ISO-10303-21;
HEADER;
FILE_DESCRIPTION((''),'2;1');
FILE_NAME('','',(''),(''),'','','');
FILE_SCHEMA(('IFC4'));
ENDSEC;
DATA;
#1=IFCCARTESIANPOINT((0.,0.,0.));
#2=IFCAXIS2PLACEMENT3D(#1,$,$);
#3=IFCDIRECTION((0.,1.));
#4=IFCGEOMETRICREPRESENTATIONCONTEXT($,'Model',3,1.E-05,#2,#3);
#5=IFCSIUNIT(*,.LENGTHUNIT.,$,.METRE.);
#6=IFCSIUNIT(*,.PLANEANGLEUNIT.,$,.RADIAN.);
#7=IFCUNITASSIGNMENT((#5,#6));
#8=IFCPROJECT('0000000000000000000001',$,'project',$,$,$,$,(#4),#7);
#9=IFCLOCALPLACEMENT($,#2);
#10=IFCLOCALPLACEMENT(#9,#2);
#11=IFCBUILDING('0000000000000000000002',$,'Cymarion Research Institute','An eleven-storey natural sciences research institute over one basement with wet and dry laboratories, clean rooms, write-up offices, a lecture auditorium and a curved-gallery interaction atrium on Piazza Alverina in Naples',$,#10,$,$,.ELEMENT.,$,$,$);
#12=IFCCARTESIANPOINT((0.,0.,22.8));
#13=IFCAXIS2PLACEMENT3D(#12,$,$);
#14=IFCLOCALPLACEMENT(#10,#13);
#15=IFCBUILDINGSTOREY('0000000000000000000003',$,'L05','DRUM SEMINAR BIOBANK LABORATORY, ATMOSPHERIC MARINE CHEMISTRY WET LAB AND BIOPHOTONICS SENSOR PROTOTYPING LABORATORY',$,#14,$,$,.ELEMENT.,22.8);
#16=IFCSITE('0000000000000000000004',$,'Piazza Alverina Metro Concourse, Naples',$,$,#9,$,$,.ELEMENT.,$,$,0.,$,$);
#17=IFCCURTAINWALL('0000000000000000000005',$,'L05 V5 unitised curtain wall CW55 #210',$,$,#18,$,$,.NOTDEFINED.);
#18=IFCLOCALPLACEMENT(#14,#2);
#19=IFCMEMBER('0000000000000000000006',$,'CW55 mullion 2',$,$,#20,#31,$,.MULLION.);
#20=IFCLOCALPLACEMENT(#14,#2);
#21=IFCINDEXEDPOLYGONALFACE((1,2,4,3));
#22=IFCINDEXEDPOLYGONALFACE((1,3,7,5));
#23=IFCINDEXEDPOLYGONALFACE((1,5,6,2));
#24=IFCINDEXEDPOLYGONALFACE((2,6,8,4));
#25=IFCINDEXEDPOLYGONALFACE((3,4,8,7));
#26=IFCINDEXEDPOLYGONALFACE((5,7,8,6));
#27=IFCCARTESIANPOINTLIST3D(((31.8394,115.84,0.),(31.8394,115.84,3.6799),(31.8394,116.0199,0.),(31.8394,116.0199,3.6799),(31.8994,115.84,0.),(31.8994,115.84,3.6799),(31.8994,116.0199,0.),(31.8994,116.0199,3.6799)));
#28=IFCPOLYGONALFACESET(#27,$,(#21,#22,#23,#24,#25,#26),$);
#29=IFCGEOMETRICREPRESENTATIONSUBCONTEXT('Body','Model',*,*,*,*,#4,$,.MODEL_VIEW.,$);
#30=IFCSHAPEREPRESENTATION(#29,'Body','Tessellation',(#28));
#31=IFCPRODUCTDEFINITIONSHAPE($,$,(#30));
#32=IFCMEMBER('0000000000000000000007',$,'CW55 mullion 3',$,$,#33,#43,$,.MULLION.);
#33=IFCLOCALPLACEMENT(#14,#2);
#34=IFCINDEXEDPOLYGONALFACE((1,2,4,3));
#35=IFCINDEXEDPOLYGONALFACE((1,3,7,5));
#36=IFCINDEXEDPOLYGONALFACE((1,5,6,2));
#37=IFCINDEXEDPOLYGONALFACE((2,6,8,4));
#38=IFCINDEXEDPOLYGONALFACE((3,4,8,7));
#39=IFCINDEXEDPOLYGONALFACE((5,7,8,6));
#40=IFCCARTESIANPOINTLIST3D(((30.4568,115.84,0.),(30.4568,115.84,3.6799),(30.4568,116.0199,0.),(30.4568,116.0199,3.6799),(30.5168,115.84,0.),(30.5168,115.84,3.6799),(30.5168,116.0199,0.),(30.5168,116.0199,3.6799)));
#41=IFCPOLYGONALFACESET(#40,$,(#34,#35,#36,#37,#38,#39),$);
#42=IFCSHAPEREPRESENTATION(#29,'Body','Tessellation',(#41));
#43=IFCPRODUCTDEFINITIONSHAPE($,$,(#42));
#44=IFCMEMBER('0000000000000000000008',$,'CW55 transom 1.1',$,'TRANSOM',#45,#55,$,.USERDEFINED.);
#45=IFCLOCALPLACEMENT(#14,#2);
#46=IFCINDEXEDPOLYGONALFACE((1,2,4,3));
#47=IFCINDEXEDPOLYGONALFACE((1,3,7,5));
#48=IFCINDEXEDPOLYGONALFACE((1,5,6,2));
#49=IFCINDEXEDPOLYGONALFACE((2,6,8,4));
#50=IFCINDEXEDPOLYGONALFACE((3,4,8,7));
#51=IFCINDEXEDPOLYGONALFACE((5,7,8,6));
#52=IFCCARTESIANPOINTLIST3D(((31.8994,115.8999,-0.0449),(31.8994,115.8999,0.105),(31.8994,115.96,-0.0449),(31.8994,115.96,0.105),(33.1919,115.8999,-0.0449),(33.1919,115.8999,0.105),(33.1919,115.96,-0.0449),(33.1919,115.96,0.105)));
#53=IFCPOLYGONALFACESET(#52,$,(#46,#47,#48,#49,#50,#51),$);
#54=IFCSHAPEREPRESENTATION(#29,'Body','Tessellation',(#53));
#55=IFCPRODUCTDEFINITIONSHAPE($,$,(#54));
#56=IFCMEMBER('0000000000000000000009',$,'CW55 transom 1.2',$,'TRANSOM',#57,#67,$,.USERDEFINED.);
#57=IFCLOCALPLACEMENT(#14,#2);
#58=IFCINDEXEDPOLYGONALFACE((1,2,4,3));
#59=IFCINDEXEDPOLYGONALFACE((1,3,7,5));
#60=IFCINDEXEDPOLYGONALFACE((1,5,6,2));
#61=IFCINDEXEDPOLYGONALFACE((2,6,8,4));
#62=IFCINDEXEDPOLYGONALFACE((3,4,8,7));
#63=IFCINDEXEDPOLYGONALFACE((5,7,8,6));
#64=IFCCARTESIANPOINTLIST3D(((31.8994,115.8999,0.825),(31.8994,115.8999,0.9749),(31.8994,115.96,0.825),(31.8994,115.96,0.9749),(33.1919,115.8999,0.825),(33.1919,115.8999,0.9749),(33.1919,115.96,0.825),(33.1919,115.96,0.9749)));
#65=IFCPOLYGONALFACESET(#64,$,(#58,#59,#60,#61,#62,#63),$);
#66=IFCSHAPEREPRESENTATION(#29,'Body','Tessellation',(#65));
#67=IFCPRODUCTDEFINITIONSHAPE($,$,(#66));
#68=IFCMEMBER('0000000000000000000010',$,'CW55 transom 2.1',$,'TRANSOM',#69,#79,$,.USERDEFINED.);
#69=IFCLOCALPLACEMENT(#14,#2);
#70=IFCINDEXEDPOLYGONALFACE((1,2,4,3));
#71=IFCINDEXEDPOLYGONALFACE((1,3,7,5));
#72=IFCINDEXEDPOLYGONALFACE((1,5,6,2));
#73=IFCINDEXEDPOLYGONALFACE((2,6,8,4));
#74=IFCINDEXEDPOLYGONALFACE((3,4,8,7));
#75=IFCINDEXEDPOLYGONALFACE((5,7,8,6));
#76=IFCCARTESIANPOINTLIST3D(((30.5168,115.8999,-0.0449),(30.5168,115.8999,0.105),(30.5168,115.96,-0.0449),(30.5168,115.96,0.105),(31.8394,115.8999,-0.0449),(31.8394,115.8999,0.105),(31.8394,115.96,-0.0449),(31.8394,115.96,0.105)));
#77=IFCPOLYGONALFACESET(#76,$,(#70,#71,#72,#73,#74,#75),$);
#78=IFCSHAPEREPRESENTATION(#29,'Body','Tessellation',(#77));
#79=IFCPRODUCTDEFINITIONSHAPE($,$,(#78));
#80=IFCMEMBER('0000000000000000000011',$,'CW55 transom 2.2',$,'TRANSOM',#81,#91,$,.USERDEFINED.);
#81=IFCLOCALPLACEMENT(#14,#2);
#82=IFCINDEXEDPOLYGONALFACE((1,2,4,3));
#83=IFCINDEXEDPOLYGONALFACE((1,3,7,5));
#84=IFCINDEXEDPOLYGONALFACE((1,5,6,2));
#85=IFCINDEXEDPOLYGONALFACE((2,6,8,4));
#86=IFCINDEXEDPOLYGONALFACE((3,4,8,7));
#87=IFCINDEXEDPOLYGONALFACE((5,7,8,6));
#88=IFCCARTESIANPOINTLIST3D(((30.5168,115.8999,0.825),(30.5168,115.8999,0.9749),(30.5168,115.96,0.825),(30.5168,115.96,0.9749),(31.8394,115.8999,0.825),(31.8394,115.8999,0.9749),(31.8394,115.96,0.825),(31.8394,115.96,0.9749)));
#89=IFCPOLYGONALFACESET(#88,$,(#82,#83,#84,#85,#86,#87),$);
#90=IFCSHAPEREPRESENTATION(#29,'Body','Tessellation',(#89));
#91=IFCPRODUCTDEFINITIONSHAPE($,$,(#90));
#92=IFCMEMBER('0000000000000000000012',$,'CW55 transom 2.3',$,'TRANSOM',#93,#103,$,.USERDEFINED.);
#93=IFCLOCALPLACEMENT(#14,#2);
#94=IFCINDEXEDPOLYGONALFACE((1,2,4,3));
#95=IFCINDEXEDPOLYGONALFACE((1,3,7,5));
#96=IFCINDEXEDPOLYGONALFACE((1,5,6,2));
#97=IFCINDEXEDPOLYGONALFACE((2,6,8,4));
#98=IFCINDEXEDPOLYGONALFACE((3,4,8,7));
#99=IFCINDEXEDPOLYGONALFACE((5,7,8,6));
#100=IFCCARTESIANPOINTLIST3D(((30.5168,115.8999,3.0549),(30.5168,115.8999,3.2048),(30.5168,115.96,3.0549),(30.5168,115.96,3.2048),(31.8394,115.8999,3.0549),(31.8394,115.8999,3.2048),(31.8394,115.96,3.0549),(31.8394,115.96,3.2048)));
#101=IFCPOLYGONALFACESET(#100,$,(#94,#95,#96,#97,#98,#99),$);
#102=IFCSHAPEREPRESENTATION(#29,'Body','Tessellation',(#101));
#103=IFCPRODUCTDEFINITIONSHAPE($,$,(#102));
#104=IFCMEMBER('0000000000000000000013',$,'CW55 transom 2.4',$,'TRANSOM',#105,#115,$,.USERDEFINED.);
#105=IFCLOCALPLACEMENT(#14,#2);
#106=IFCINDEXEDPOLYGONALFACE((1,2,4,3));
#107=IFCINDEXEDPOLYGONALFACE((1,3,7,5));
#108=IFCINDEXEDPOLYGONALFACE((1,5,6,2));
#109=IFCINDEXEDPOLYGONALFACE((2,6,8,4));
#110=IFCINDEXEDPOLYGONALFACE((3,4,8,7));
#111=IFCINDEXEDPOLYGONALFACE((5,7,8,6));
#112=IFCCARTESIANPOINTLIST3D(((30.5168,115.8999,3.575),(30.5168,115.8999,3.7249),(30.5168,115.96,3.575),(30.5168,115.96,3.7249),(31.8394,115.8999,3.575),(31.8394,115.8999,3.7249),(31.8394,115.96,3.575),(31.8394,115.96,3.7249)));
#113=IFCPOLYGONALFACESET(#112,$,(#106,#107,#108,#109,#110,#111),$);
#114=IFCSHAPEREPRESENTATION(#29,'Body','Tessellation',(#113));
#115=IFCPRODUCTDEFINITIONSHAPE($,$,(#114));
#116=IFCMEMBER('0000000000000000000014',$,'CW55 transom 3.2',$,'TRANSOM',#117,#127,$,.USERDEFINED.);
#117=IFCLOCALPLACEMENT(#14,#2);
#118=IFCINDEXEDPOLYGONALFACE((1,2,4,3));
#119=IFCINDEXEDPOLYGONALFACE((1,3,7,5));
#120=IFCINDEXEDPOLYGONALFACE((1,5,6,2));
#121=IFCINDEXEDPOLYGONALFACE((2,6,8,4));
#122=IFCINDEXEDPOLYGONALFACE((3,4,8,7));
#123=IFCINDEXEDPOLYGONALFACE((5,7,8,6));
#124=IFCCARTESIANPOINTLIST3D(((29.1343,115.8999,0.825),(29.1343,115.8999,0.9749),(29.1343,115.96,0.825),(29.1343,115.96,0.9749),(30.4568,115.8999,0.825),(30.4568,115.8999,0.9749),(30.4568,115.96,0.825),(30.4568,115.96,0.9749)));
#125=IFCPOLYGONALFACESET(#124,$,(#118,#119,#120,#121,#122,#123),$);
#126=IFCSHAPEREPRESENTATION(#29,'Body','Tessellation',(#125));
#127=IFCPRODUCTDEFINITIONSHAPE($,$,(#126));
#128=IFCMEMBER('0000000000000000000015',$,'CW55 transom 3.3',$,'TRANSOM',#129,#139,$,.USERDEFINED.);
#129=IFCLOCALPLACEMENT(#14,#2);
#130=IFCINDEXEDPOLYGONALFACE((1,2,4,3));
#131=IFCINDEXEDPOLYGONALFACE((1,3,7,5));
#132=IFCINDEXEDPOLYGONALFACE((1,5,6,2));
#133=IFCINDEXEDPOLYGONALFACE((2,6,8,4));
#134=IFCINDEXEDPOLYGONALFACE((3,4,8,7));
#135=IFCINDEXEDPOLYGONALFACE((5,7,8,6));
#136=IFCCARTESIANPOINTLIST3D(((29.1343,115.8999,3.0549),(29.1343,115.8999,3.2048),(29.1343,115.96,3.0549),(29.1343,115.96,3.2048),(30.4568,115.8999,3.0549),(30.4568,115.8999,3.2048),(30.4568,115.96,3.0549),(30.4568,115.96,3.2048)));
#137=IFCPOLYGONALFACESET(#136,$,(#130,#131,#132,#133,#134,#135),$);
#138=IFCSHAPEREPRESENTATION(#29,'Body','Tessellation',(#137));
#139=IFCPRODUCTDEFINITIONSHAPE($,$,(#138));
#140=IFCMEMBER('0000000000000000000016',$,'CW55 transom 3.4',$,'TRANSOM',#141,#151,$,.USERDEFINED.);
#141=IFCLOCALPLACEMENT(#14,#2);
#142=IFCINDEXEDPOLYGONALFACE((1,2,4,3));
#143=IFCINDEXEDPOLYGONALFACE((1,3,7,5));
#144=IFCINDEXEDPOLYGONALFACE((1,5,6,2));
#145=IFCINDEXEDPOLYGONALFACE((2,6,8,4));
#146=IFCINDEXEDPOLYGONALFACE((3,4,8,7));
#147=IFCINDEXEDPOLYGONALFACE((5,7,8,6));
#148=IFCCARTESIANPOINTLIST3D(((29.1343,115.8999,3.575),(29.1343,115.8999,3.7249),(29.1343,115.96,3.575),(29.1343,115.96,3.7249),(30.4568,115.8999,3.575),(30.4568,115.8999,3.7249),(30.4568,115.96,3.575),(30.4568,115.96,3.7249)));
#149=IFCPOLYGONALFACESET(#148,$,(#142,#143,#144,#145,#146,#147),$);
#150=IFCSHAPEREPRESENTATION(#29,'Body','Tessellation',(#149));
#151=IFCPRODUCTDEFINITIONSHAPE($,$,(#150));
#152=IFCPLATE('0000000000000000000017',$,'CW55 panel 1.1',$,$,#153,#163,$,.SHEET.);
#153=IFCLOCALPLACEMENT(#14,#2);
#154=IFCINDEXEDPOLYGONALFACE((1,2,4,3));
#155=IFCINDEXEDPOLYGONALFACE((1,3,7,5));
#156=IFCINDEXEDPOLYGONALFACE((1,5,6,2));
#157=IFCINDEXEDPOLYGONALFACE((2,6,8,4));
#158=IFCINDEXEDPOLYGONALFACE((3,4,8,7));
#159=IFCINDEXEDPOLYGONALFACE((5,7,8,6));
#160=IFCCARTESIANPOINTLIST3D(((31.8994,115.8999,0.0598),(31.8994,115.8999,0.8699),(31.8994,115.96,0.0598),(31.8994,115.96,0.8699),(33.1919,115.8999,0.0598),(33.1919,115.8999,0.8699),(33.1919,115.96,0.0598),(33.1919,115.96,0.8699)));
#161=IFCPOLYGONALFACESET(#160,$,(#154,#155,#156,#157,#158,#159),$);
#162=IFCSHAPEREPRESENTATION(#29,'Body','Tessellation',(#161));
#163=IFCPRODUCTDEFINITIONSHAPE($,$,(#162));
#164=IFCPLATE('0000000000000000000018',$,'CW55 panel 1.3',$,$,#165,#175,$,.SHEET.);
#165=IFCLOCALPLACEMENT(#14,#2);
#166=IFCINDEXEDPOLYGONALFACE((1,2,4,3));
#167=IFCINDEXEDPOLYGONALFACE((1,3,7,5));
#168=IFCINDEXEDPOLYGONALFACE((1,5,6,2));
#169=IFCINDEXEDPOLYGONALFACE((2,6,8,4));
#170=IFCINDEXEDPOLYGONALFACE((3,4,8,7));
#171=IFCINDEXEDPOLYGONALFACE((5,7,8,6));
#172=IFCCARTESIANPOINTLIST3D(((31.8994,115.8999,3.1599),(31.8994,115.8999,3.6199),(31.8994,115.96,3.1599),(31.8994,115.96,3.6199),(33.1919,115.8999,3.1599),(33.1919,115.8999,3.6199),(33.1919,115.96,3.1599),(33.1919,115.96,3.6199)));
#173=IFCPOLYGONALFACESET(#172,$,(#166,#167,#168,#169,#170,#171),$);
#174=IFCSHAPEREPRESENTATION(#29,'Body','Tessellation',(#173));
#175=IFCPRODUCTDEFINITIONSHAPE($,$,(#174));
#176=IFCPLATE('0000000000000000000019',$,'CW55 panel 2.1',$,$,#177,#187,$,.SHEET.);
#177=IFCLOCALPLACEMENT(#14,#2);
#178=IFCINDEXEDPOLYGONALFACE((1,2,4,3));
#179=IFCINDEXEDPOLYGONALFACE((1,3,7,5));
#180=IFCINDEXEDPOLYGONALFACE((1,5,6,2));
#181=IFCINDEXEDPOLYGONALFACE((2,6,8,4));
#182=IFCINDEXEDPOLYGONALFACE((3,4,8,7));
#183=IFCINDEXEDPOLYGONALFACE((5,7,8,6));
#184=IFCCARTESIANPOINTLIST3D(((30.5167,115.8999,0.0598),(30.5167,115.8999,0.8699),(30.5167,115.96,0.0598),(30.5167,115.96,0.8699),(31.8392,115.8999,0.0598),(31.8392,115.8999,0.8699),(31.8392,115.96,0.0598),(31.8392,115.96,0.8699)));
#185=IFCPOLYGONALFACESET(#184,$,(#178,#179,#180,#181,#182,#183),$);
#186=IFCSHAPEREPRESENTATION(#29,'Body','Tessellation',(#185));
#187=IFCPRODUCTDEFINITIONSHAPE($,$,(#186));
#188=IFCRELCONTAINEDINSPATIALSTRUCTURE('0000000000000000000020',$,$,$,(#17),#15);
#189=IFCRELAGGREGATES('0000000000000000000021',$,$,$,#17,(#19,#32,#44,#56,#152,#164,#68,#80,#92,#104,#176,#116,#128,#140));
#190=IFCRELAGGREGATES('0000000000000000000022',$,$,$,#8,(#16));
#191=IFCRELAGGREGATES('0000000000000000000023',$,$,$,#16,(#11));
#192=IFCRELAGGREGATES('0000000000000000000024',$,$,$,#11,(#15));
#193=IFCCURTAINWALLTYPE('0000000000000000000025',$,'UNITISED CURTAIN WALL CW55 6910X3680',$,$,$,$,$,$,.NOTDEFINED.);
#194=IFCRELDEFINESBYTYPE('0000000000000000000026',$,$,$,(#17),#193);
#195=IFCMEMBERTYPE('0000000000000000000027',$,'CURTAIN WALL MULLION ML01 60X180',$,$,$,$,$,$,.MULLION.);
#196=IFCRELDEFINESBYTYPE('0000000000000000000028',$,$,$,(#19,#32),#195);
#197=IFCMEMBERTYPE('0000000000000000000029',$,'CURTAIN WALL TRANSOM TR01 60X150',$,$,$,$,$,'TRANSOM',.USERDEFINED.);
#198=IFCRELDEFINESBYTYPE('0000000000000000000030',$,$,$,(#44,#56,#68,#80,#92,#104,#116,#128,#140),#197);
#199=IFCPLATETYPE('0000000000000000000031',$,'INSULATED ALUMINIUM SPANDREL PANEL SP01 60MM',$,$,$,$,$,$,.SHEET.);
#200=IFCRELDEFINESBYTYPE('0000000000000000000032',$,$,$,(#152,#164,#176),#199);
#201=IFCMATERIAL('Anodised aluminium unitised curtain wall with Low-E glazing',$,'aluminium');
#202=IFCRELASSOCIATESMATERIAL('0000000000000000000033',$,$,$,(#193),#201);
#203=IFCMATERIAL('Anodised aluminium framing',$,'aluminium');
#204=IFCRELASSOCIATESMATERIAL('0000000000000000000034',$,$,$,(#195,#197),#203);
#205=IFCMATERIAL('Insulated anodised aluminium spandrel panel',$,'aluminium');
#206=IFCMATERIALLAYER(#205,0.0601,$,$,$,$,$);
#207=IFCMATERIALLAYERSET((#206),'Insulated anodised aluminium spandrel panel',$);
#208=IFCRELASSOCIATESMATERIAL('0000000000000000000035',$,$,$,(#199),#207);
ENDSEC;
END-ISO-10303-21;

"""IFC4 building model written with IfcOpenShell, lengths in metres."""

from ifc_helpers import new_model, si_unit, direction, frame, origin, origin_2d, place, context, subcontext, project, spatial, rectangle, extrude, material, layer, layer_set, material_profile, profile_set, type_object, element, aggregate, save


model = new_model("IFC4")

# Units and contexts
model_context = context("Model", 3, precision=1e-05, world=origin(), true_north=direction((0.0, 1.0)))
body_context = subcontext(model_context, "Body", "Model", "MODEL_VIEW")
ifc_project = project(units=[si_unit("LENGTHUNIT", "METRE"), si_unit("PLANEANGLEUNIT", "RADIAN")], contexts=[model_context])

# Site, building, storey
site_placement = place(None, origin())
site = spatial("IfcSite", under=ifc_project, at=site_placement, Name="Piazza Alverina Metro Concourse, Naples", CompositionType="ELEMENT", RefElevation=0.0)
building_placement = place(site_placement, origin())
building = spatial("IfcBuilding", under=site, at=building_placement, Name="Cymarion Research Institute", Description="An eleven-storey natural sciences research institute over one basement with wet and dry laboratories, clean rooms, write-up offices, a lecture auditorium and a curved-gallery interaction atrium on Piazza Alverina in Naples", CompositionType="ELEMENT")
storey_placement = place(building_placement, frame((0.0, 0.0, 22.8)))
storey = spatial("IfcBuildingStorey", under=building, at=storey_placement, Name="L05", Description="DRUM SEMINAR BIOBANK LABORATORY, ATMOSPHERIC MARINE CHEMISTRY WET LAB AND BIOPHOTONICS SENSOR PROTOTYPING LABORATORY", CompositionType="ELEMENT", Elevation=22.8)

# Curtain wall, members, plates
ifc_material_1 = material(Name="Anodised aluminium unitised curtain wall with Low-E glazing", Category="aluminium")
curtain_wall_type = type_object("IfcCurtainWallType", Name="UNITISED CURTAIN WALL CW55 6910X3680", PredefinedType="NOTDEFINED", material=ifc_material_1)
curtain_wall_placement = place(storey_placement, origin())
curtain_wall = element("IfcCurtainWall", 1, at=curtain_wall_placement, inside=storey, type_object=curtain_wall_type, Name="L05 V5 unitised curtain wall CW55 #210", PredefinedType="NOTDEFINED")
ifc_material_2 = material(Name="Anodised aluminium framing", Category="aluminium")
ifc_material_profile_1 = material_profile(ifc_material_2, rectangle(XDim=0.0601, YDim=0.1799, at=origin_2d()), Name="ALU MULLION 60x180")
ifc_profile_set_1 = profile_set([ifc_material_profile_1], Name="Anodised aluminium framing")
member_type_1 = type_object("IfcMemberType", Name="CURTAIN WALL MULLION ML01 60X180", PredefinedType="MULLION", material=ifc_profile_set_1)
member_1_placement = place(storey_placement, frame((31.8694, 115.9299, 0.0), z_axis=(0.0, 0.0, 1.0), x_axis=(-1.0, 0.0, 0.0)))
member_1 = element("IfcMember", 2, at=member_1_placement, type_object=member_type_1, Name="CW55 mullion 2", PredefinedType="MULLION", context=body_context, shape_type="SweptSolid", body=[
    extrude(rectangle(XDim=0.0601, YDim=0.1799, at=origin_2d()), origin(), (0.0, 0.0, 1.0), 3.6799),
])
member_2_placement = place(storey_placement, frame((30.4868, 115.9299, 0.0), z_axis=(0.0, 0.0, 1.0), x_axis=(-1.0, 0.0, 0.0)))
member_2 = element("IfcMember", 3, at=member_2_placement, type_object=member_type_1, Name="CW55 mullion 3", PredefinedType="MULLION", context=body_context, shape_type="SweptSolid", body=[
    extrude(rectangle(XDim=0.0601, YDim=0.1799, at=origin_2d()), origin(), (0.0, 0.0, 1.0), 3.6799),
])
ifc_material_profile_2 = material_profile(ifc_material_2, rectangle(XDim=0.0601, YDim=0.1499, at=origin_2d()), Name="ALU TRANSOM 60x150")
ifc_profile_set_2 = profile_set([ifc_material_profile_2], Name="Anodised aluminium framing")
member_type_2 = type_object("IfcMemberType", Name="CURTAIN WALL TRANSOM TR01 60X150", ElementType="TRANSOM", PredefinedType="USERDEFINED", material=ifc_profile_set_2)
member_3_placement = place(storey_placement, frame((33.1919, 115.9299, 0.03), z_axis=(-1.0, 0.0, 0.0), x_axis=(0.0, -1.0, 0.0)))
member_3 = element("IfcMember", 4, at=member_3_placement, type_object=member_type_2, Name="CW55 transom 1.1", ObjectType="TRANSOM", PredefinedType="USERDEFINED", context=body_context, shape_type="SweptSolid", body=[
    extrude(rectangle(XDim=0.0601, YDim=0.1499, at=origin_2d()), origin(), (0.0, 0.0, 1.0), 1.2925),
])
member_4_placement = place(storey_placement, frame((33.1919, 115.9299, 0.8999), z_axis=(-1.0, 0.0, 0.0), x_axis=(0.0, -1.0, 0.0)))
member_4 = element("IfcMember", 5, at=member_4_placement, type_object=member_type_2, Name="CW55 transom 1.2", ObjectType="TRANSOM", PredefinedType="USERDEFINED", context=body_context, shape_type="SweptSolid", body=[
    extrude(rectangle(XDim=0.0601, YDim=0.1499, at=origin_2d()), origin(), (0.0, 0.0, 1.0), 1.2925),
])
member_5_placement = place(storey_placement, frame((31.8394, 115.9299, 0.03), z_axis=(-1.0, 0.0, 0.0), x_axis=(0.0, -1.0, 0.0)))
member_5 = element("IfcMember", 6, at=member_5_placement, type_object=member_type_2, Name="CW55 transom 2.1", ObjectType="TRANSOM", PredefinedType="USERDEFINED", context=body_context, shape_type="SweptSolid", body=[
    extrude(rectangle(XDim=0.0601, YDim=0.1499, at=origin_2d()), origin(), (0.0, 0.0, 1.0), 1.3225),
])
member_6_placement = place(storey_placement, frame((31.8394, 115.9299, 0.8999), z_axis=(-1.0, 0.0, 0.0), x_axis=(0.0, -1.0, 0.0)))
member_6 = element("IfcMember", 7, at=member_6_placement, type_object=member_type_2, Name="CW55 transom 2.2", ObjectType="TRANSOM", PredefinedType="USERDEFINED", context=body_context, shape_type="SweptSolid", body=[
    extrude(rectangle(XDim=0.0601, YDim=0.1499, at=origin_2d()), origin(), (0.0, 0.0, 1.0), 1.3225),
])
member_7_placement = place(storey_placement, frame((31.8394, 115.9299, 3.1299), z_axis=(-1.0, 0.0, 0.0), x_axis=(0.0, -1.0, 0.0)))
member_7 = element("IfcMember", 8, at=member_7_placement, type_object=member_type_2, Name="CW55 transom 2.3", ObjectType="TRANSOM", PredefinedType="USERDEFINED", context=body_context, shape_type="SweptSolid", body=[
    extrude(rectangle(XDim=0.0601, YDim=0.1499, at=origin_2d()), origin(), (0.0, 0.0, 1.0), 1.3225),
])
member_8_placement = place(storey_placement, frame((31.8394, 115.9299, 3.6499), z_axis=(-1.0, 0.0, 0.0), x_axis=(0.0, -1.0, 0.0)))
member_8 = element("IfcMember", 9, at=member_8_placement, type_object=member_type_2, Name="CW55 transom 2.4", ObjectType="TRANSOM", PredefinedType="USERDEFINED", context=body_context, shape_type="SweptSolid", body=[
    extrude(rectangle(XDim=0.0601, YDim=0.1499, at=origin_2d()), origin(), (0.0, 0.0, 1.0), 1.3225),
])
member_9_placement = place(storey_placement, frame((30.4568, 115.9299, 0.8999), z_axis=(-1.0, 0.0, 0.0), x_axis=(0.0, -1.0, 0.0)))
member_9 = element("IfcMember", 10, at=member_9_placement, type_object=member_type_2, Name="CW55 transom 3.2", ObjectType="TRANSOM", PredefinedType="USERDEFINED", context=body_context, shape_type="SweptSolid", body=[
    extrude(rectangle(XDim=0.0601, YDim=0.1499, at=origin_2d()), origin(), (0.0, 0.0, 1.0), 1.3225),
])
member_10_placement = place(storey_placement, frame((30.4568, 115.9299, 3.1299), z_axis=(-1.0, 0.0, 0.0), x_axis=(0.0, -1.0, 0.0)))
member_10 = element("IfcMember", 11, at=member_10_placement, type_object=member_type_2, Name="CW55 transom 3.3", ObjectType="TRANSOM", PredefinedType="USERDEFINED", context=body_context, shape_type="SweptSolid", body=[
    extrude(rectangle(XDim=0.0601, YDim=0.1499, at=origin_2d()), origin(), (0.0, 0.0, 1.0), 1.3225),
])
member_11_placement = place(storey_placement, frame((30.4568, 115.9299, 3.6499), z_axis=(-1.0, 0.0, 0.0), x_axis=(0.0, -1.0, 0.0)))
member_11 = element("IfcMember", 12, at=member_11_placement, type_object=member_type_2, Name="CW55 transom 3.4", ObjectType="TRANSOM", PredefinedType="USERDEFINED", context=body_context, shape_type="SweptSolid", body=[
    extrude(rectangle(XDim=0.0601, YDim=0.1499, at=origin_2d()), origin(), (0.0, 0.0, 1.0), 1.3225),
])
ifc_material_3 = material(Name="Insulated anodised aluminium spandrel panel", Category="aluminium")
ifc_layer_1 = layer(ifc_material_3, 0.0601)
ifc_layer_set_1 = layer_set([ifc_layer_1], Name="Insulated anodised aluminium spandrel panel")
plate_type_1 = type_object("IfcPlateType", Name="INSULATED ALUMINIUM SPANDREL PANEL SP01 60MM", PredefinedType="SHEET", material=ifc_layer_set_1)
plate_1_placement = place(storey_placement, frame((32.5457, 115.9299, 0.0598), z_axis=(0.0, 0.0, 1.0), x_axis=(-1.0, 0.0, 0.0)))
plate_1 = element("IfcPlate", 13, at=plate_1_placement, type_object=plate_type_1, Name="CW55 panel 1.1", PredefinedType="SHEET", context=body_context, shape_type="SweptSolid", body=[
    extrude(rectangle(XDim=1.2925, YDim=0.0601, at=origin_2d()), origin(), (0.0, 0.0, 1.0), 0.8101),
])
plate_2_placement = place(storey_placement, frame((32.5457, 115.9299, 3.1599), z_axis=(0.0, 0.0, 1.0), x_axis=(-1.0, 0.0, 0.0)))
plate_2 = element("IfcPlate", 14, at=plate_2_placement, type_object=plate_type_1, Name="CW55 panel 1.3", PredefinedType="SHEET", context=body_context, shape_type="SweptSolid", body=[
    extrude(rectangle(XDim=1.2925, YDim=0.0601, at=origin_2d()), origin(), (0.0, 0.0, 1.0), 0.46),
])
plate_3_placement = place(storey_placement, frame((31.178, 115.9299, 0.0598), z_axis=(0.0, 0.0, 1.0), x_axis=(-1.0, 0.0, 0.0)))
plate_3 = element("IfcPlate", 15, at=plate_3_placement, type_object=plate_type_1, Name="CW55 panel 2.1", PredefinedType="SHEET", context=body_context, shape_type="SweptSolid", body=[
    extrude(rectangle(XDim=1.3225, YDim=0.0601, at=origin_2d()), origin(), (0.0, 0.0, 1.0), 0.8101),
])
aggregate(curtain_wall, [member_1, member_2, member_3, member_4, plate_1, plate_2, member_5, member_6, member_7, member_8, plate_3, member_9, member_10, member_11])

save(model, "model.ifc")
